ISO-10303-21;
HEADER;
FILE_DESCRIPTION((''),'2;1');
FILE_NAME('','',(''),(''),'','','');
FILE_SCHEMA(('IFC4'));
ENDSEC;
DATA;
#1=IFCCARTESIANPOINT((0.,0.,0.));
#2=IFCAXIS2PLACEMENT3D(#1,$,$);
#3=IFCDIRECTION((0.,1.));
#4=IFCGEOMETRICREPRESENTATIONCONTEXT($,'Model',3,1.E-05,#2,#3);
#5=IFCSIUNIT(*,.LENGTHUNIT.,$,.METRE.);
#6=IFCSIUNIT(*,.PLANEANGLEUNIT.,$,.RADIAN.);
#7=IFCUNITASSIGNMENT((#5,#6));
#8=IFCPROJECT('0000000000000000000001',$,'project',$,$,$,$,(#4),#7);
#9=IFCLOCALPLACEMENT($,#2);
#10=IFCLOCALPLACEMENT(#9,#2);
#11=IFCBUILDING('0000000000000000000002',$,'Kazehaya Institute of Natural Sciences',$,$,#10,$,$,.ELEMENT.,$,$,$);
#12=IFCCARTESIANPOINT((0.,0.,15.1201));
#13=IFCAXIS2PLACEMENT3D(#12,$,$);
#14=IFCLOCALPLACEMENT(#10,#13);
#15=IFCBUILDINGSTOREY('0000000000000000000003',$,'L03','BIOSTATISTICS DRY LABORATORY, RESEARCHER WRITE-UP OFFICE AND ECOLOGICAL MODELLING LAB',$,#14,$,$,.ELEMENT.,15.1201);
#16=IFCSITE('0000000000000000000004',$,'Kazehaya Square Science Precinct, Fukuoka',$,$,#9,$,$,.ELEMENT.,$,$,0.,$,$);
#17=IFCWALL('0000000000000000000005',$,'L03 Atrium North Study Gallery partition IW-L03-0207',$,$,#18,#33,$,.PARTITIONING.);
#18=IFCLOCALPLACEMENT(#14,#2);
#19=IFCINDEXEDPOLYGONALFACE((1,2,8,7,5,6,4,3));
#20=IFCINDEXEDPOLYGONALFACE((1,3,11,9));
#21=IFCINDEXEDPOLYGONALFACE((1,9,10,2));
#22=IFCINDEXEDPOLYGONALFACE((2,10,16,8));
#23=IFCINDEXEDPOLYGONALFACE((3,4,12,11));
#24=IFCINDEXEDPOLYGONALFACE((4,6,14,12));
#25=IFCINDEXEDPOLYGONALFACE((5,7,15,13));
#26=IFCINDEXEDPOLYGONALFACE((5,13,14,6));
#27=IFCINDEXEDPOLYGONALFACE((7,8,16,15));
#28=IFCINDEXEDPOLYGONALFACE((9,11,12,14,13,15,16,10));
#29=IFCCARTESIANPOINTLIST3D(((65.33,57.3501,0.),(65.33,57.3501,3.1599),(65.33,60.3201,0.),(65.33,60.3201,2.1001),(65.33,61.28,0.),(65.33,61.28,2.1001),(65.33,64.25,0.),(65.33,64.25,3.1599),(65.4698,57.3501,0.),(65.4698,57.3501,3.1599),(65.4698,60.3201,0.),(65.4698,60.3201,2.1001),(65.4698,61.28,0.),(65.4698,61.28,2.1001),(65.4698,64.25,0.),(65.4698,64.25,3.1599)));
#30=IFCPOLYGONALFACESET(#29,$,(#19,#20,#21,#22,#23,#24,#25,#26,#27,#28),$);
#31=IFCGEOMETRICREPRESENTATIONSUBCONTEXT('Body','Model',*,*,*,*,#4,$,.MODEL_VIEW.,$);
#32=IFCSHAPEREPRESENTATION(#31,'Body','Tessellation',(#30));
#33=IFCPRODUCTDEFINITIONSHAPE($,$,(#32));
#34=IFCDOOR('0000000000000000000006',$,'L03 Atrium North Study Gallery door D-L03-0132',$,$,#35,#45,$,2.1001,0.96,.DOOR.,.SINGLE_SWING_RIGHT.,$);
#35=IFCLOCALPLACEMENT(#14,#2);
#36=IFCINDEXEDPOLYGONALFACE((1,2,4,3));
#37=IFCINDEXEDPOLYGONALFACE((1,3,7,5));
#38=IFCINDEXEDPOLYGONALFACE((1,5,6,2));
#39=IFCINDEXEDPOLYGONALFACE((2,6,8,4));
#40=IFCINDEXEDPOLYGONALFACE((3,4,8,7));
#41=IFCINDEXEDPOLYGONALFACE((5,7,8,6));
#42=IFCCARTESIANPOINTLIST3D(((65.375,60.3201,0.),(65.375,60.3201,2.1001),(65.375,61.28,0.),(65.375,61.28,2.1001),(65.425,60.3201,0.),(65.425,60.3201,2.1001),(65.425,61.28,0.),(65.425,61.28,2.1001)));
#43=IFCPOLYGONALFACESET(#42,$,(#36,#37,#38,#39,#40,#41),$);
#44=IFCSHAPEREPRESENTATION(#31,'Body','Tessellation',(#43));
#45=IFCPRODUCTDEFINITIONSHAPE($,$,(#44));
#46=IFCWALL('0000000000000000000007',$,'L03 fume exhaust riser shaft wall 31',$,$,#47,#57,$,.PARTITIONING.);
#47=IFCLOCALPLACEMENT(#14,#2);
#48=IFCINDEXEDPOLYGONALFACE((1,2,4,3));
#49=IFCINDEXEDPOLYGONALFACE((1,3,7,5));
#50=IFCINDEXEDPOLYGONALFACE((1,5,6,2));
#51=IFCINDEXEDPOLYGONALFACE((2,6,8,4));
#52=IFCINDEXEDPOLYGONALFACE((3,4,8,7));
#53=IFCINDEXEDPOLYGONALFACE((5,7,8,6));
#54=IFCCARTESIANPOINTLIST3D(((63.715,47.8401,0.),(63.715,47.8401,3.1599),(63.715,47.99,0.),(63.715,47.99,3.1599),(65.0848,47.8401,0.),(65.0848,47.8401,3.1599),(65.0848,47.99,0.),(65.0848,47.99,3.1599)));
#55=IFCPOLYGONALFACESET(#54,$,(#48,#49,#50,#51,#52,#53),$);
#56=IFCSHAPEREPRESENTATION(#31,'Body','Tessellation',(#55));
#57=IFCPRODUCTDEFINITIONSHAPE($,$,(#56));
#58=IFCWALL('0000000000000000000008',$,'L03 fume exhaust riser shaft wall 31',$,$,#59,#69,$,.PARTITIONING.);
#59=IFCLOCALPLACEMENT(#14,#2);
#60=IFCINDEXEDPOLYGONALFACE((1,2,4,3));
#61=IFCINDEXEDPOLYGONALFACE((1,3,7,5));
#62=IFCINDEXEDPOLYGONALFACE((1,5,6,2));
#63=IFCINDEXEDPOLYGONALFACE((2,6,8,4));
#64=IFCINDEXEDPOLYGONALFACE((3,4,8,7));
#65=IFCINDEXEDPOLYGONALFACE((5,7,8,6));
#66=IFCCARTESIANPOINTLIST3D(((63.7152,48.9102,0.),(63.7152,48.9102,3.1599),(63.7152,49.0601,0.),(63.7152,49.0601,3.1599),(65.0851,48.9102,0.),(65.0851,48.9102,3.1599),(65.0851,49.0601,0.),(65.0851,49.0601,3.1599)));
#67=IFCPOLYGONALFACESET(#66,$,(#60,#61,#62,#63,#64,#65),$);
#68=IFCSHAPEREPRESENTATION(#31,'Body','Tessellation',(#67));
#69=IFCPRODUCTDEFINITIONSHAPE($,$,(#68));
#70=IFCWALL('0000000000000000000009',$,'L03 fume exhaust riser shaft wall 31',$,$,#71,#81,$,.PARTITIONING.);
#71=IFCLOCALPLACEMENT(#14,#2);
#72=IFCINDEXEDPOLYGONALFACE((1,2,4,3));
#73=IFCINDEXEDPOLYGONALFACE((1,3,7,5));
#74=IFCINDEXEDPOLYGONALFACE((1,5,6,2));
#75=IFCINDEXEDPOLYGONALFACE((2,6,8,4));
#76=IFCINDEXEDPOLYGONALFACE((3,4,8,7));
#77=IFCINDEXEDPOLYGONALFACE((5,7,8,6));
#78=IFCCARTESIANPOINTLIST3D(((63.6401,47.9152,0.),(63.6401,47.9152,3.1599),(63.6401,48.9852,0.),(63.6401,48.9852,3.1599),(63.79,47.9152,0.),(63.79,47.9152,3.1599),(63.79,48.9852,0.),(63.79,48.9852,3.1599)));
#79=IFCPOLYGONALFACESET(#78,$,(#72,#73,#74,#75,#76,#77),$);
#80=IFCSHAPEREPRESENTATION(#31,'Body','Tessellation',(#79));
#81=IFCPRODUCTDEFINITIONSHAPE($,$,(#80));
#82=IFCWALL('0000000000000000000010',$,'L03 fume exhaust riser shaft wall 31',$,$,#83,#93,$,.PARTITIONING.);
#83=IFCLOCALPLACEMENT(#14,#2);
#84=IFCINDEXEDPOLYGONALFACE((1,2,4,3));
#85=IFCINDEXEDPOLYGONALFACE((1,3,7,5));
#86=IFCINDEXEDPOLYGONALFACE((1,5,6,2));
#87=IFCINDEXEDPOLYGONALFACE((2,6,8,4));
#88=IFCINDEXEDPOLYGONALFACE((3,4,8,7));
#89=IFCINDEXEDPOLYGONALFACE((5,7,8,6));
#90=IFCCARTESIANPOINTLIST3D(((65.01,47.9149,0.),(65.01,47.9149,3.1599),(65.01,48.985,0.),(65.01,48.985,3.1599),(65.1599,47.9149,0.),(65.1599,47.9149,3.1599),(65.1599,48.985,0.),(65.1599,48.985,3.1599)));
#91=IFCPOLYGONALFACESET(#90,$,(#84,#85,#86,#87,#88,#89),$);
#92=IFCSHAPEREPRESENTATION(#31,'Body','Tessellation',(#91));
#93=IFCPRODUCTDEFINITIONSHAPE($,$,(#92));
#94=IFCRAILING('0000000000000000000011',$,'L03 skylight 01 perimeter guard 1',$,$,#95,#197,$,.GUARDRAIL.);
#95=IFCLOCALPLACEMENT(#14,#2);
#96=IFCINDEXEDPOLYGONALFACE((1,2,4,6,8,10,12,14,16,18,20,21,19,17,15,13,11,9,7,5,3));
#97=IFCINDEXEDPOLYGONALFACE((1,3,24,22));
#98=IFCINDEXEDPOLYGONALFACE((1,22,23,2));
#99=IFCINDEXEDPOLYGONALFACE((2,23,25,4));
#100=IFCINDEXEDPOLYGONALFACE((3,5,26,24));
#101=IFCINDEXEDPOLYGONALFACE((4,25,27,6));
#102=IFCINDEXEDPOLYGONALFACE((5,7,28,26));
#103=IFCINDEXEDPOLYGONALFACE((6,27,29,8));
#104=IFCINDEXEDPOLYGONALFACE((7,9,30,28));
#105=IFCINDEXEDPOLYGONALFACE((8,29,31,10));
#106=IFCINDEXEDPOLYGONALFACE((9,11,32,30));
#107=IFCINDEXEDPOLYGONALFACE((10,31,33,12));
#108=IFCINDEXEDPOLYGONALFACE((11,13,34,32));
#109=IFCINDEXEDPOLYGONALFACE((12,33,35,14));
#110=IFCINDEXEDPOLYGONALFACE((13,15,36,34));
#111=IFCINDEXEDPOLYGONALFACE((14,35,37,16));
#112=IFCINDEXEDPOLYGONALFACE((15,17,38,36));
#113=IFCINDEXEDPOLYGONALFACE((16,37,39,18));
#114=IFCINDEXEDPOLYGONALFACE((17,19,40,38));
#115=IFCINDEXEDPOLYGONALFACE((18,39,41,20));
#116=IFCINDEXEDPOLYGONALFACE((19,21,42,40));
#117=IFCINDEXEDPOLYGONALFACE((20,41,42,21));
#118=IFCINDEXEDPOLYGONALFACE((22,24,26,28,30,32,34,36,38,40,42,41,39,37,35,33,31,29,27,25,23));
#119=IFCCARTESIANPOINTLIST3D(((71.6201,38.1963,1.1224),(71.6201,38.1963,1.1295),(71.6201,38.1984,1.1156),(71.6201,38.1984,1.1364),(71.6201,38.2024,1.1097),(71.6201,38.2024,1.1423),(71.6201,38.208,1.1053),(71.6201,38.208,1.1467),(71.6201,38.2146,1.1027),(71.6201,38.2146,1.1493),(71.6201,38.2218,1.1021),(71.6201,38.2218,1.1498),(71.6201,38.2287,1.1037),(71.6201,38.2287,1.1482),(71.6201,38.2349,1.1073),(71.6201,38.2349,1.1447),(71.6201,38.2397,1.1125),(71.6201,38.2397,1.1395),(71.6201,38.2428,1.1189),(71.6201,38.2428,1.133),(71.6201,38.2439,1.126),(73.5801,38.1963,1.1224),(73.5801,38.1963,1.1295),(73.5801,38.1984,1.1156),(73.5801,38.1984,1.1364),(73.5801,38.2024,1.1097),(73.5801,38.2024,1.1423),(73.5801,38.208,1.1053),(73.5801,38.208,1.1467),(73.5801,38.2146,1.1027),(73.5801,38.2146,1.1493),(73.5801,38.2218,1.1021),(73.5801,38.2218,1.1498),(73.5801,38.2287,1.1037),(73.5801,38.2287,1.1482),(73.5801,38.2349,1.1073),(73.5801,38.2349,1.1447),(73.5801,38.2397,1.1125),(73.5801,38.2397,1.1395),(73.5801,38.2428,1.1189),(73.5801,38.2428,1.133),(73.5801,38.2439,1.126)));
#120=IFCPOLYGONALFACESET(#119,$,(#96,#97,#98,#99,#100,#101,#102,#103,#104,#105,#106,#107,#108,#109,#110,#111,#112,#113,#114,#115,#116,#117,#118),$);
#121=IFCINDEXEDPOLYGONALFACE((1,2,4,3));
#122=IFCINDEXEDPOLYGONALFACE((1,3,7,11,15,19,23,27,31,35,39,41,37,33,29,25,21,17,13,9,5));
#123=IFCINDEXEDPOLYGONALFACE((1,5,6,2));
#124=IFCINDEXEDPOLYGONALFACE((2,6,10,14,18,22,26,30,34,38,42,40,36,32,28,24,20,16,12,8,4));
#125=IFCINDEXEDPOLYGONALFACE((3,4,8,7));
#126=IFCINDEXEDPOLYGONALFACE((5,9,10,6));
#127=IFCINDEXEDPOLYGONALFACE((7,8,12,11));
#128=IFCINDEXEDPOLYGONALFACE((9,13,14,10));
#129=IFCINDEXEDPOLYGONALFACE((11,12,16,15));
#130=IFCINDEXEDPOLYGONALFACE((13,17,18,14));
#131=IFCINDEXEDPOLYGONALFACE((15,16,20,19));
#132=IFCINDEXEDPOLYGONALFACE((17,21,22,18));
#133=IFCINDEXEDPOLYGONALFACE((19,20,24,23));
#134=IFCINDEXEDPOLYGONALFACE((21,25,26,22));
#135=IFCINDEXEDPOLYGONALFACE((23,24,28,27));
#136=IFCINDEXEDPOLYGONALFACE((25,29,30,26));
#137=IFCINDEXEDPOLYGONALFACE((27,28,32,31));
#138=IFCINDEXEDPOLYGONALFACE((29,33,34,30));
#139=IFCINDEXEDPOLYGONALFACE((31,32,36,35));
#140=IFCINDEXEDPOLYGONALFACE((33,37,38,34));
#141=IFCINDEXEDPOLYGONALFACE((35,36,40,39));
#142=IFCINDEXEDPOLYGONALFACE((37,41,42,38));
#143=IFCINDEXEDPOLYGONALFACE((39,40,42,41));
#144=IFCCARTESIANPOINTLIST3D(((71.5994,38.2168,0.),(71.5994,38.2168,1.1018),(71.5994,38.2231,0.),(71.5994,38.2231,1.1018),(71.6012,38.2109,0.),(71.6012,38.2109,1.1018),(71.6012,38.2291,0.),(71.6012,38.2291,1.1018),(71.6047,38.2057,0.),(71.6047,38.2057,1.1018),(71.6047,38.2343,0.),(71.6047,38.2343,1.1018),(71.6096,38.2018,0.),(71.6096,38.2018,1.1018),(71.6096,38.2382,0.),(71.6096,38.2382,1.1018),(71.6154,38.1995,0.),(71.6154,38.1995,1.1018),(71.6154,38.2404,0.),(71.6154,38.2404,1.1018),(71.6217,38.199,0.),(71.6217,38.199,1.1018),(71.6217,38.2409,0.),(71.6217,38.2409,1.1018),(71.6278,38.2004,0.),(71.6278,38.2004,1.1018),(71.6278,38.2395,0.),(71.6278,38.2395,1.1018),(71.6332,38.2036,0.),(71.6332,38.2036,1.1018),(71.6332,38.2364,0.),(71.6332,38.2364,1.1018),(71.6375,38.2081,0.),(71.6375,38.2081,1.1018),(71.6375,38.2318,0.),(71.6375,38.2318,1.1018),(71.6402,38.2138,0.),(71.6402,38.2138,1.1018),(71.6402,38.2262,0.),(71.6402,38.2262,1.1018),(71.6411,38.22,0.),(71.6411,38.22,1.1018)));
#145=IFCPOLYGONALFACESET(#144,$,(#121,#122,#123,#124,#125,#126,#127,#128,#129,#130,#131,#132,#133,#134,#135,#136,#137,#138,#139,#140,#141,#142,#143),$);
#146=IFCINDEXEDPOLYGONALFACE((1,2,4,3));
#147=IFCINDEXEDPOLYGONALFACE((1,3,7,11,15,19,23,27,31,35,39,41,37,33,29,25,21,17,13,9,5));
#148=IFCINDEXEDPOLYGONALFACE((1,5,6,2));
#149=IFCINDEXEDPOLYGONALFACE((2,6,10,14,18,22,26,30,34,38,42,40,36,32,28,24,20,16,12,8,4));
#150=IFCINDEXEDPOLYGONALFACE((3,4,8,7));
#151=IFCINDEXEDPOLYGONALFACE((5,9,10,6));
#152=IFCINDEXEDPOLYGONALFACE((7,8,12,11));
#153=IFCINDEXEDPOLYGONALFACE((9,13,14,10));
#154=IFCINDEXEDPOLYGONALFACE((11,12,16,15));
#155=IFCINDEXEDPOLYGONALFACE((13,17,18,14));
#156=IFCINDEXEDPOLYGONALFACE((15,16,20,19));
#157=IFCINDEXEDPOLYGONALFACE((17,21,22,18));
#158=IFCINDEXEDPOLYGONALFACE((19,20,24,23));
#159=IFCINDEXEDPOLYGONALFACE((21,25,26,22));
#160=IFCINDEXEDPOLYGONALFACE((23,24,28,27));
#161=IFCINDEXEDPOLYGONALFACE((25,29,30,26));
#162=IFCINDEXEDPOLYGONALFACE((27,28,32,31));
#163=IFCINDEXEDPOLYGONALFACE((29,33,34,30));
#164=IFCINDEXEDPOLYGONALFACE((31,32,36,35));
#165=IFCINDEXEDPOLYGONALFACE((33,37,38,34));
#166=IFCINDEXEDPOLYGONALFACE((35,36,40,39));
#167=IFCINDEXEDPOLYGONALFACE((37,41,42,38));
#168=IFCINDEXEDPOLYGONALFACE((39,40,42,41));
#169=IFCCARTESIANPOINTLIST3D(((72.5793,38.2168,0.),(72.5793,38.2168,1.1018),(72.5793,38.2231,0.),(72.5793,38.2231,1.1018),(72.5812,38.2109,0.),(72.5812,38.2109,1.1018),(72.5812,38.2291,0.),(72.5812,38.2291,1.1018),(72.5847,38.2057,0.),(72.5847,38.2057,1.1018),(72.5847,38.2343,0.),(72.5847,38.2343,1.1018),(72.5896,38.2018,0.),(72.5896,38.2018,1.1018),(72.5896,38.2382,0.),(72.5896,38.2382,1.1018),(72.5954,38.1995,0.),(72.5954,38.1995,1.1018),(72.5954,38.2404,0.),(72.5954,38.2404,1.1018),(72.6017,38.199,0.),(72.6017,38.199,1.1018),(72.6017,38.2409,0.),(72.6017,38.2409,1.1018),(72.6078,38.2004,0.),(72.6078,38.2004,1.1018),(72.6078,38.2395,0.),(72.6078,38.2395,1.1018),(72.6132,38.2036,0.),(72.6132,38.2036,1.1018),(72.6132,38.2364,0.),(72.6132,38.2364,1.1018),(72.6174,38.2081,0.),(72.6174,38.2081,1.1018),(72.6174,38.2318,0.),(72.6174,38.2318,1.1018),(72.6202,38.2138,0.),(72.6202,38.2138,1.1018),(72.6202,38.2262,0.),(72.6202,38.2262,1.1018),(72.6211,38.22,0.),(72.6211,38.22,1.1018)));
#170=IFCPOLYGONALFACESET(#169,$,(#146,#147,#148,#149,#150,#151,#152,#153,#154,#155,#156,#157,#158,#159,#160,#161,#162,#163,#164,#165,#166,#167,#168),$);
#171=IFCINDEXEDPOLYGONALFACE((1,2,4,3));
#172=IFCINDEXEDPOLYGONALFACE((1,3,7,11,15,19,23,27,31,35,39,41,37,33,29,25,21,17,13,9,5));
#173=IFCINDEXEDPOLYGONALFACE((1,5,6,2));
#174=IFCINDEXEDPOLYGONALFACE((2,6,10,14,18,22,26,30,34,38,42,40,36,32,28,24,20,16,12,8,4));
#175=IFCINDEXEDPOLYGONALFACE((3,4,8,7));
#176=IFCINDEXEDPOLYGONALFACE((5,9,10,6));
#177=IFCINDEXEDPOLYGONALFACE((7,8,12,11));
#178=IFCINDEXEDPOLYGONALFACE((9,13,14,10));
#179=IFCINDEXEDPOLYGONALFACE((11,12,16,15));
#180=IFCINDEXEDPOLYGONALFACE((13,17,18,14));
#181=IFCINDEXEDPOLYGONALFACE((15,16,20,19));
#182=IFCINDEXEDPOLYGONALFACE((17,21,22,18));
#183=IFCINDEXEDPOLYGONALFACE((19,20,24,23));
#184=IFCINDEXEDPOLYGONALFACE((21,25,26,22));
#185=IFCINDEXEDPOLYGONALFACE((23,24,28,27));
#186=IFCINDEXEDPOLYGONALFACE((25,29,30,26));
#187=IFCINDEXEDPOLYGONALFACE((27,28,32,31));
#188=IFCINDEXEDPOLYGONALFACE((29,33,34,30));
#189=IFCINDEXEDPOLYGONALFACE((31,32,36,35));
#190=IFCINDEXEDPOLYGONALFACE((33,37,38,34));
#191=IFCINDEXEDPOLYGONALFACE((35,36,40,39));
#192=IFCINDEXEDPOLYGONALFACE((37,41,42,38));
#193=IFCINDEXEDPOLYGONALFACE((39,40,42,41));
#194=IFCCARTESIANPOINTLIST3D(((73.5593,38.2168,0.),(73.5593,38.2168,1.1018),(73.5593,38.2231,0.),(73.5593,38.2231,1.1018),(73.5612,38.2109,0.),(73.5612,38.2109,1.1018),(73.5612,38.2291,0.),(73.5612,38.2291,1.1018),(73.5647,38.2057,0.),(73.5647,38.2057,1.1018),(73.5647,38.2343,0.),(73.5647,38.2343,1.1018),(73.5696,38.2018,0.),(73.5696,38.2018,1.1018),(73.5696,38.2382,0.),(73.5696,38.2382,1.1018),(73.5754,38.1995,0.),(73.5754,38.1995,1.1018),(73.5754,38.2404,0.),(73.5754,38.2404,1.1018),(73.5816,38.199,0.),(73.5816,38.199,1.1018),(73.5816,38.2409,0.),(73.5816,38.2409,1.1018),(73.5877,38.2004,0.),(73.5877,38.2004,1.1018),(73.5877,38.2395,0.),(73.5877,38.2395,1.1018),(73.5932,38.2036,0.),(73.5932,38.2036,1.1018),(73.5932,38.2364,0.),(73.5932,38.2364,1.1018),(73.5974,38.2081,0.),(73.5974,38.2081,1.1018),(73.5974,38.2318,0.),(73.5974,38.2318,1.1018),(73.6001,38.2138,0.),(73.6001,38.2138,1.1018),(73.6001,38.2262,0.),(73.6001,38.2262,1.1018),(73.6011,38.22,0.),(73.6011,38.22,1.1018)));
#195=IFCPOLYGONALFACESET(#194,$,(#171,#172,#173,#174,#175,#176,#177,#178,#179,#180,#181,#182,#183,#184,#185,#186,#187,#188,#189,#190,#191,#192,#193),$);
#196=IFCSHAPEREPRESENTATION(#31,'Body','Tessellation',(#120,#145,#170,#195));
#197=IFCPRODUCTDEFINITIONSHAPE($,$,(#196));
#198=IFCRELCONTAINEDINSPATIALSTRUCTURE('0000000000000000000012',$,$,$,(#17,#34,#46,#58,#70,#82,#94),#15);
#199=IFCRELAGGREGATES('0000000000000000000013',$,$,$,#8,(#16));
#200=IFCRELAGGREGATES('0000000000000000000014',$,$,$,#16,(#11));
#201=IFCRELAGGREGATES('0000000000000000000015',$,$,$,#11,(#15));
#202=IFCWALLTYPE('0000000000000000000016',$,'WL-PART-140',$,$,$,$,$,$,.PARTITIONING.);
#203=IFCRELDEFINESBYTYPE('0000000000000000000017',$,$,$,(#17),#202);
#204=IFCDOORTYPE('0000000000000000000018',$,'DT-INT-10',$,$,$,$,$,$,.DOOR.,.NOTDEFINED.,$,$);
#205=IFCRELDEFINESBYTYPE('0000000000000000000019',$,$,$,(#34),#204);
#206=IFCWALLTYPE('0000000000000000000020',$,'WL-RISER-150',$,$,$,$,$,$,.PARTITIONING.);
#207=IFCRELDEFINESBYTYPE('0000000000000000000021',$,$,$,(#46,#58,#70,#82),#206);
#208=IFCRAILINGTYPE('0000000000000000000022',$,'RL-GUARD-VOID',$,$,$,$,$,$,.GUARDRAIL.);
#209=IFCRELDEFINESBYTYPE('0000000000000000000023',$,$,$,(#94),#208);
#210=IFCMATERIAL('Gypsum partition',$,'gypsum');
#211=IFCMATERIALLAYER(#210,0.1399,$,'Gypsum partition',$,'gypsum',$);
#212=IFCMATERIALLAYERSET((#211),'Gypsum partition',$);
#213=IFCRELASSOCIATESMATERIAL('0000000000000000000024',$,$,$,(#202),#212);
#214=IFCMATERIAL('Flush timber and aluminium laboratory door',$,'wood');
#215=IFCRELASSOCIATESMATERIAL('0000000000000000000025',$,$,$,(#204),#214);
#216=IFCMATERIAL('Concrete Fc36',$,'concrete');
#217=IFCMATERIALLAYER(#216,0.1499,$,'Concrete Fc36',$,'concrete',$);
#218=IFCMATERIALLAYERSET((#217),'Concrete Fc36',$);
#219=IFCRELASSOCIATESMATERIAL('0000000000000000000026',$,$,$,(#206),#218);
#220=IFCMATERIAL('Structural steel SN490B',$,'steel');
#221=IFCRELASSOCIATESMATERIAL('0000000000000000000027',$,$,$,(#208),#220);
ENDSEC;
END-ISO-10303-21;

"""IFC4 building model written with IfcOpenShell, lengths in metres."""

from ifc_helpers import new_model, si_unit, direction, frame, frame_2d, origin, origin_2d, place, context, subcontext, project, spatial, rectangle, circle, extrude, material, layer, layer_set, type_object, element, fill, save


model = new_model("IFC4")

# Units and contexts
model_context = context("Model", 3, precision=1e-05, world=origin(), true_north=direction((0.0, 1.0)))
body_context = subcontext(model_context, "Body", "Model", "MODEL_VIEW")
ifc_project = project(units=[si_unit("LENGTHUNIT", "METRE"), si_unit("PLANEANGLEUNIT", "RADIAN")], contexts=[model_context])

# Site, building, storey
site_placement = place(None, origin())
site = spatial("IfcSite", under=ifc_project, at=site_placement, Name="Kazehaya Square Science Precinct, Fukuoka", CompositionType="ELEMENT", RefElevation=0.0)
building_placement = place(site_placement, origin())
building = spatial("IfcBuilding", under=site, at=building_placement, Name="Kazehaya Institute of Natural Sciences", CompositionType="ELEMENT")
storey_placement = place(building_placement, frame((0.0, 0.0, 15.1201)))
storey = spatial("IfcBuildingStorey", under=building, at=storey_placement, Name="L03", Description="BIOSTATISTICS DRY LABORATORY, RESEARCHER WRITE-UP OFFICE AND ECOLOGICAL MODELLING LAB", CompositionType="ELEMENT", Elevation=15.1201)

# Shared definitions
ifc_material_1 = material(Name="Concrete Fc36", Category="concrete")

# Wall, opening, door
ifc_material_2 = material(Name="Flush timber and aluminium laboratory door", Category="wood")
ifc_material_3 = material(Name="Gypsum partition", Category="gypsum")
ifc_layer_1 = layer(ifc_material_3, 0.1399, Name="Gypsum partition", Category="gypsum")
ifc_layer_set_1 = layer_set([ifc_layer_1], Name="Gypsum partition")
wall_type_1 = type_object("IfcWallType", Name="WL-PART-140", PredefinedType="PARTITIONING", material=ifc_layer_set_1)
wall_1_placement = place(storey_placement, frame((65.3999, 57.3501, 0.0), z_axis=(0.0, 0.0, 1.0), x_axis=(0.0, 1.0, 0.0)))
wall_1 = element("IfcWall", 1, at=wall_1_placement, inside=storey, type_object=wall_type_1, Name="L03 Atrium North Study Gallery partition IW-L03-0207", PredefinedType="PARTITIONING", context=body_context, shape_type="SweptSolid", body=[
    extrude(rectangle(XDim=6.8999, YDim=0.1399, at=frame_2d((3.45, 0.0))), origin(), (0.0, 0.0, 1.0), 3.1599),
])
opening_1_placement = place(wall_1_placement, frame((2.97, 0.0, 0.0)))
opening_1 = element("IfcOpeningElement", 2, at=opening_1_placement, cuts=wall_1, PredefinedType="OPENING", context=body_context, shape_type="SweptSolid", body=[
    extrude(rectangle(XDim=0.96, YDim=2.1001, at=frame_2d((0.48, 1.05))), frame((0.0, 0.0798, 0.0), z_axis=(0.0, -1.0, 0.0), x_axis=(1.0, 0.0, 0.0)), (0.0, 0.0, 1.0), 0.1599),
])
door_type_1 = type_object("IfcDoorType", Name="DT-INT-10", OperationType="NOTDEFINED", PredefinedType="DOOR", material=ifc_material_2)
door_1_placement = place(opening_1_placement, origin())
door_1 = element("IfcDoor", 3, at=door_1_placement, inside=storey, type_object=door_type_1, Name="L03 Atrium North Study Gallery door D-L03-0132", OperationType="SINGLE_SWING_RIGHT", OverallHeight=2.1001, OverallWidth=0.96, PredefinedType="DOOR", context=body_context, shape_type="SweptSolid", body=[
    extrude(rectangle(XDim=0.96, YDim=2.1001, at=frame_2d((0.48, 1.05))), frame((0.0, 0.0249, 0.0), z_axis=(0.0, -1.0, 0.0), x_axis=(1.0, 0.0, 0.0)), (0.0, 0.0, 1.0), 0.05),
])
fill(opening_1, door_1)

# Walls
ifc_layer_2 = layer(ifc_material_1, 0.1499, Name="Concrete Fc36", Category="concrete")
ifc_layer_set_2 = layer_set([ifc_layer_2], Name="Concrete Fc36")
wall_type_2 = type_object("IfcWallType", Name="WL-RISER-150", PredefinedType="PARTITIONING", material=ifc_layer_set_2)
for number, where, z_axis, x_axis, name in (
    (4, (65.085, 47.915, 0.0), (0.0, 0.0, 1.0), (-1.0, 0.0, 0.0), "L03 fume exhaust riser shaft wall 31"),
    (5, (63.7151, 48.9851, 0.0), (0.0, 0.0, 1.0), (1.0, 0.0, 0.0), "L03 fume exhaust riser shaft wall 31"),
):
    element("IfcWall", number, at=place(storey_placement, frame(where, z_axis=z_axis, x_axis=x_axis)), inside=storey, type_object=wall_type_2, Name=name, PredefinedType="PARTITIONING", context=body_context, shape_type="SweptSolid", body=[
        extrude(rectangle(XDim=1.3699, YDim=0.1499, at=frame_2d((0.6851, 0.0))), origin(), (0.0, 0.0, 1.0), 3.1599),
    ])
for number, where, z_axis, x_axis, name in (
    (6, (63.7151, 47.915, 0.0), (0.0, 0.0, 1.0), (0.0, 1.0, 0.0), "L03 fume exhaust riser shaft wall 31"),
    (7, (65.085, 48.9851, 0.0), (0.0, 0.0, 1.0), (0.0, -1.0, 0.0), "L03 fume exhaust riser shaft wall 31"),
):
    element("IfcWall", number, at=place(storey_placement, frame(where, z_axis=z_axis, x_axis=x_axis)), inside=storey, type_object=wall_type_2, Name=name, PredefinedType="PARTITIONING", context=body_context, shape_type="SweptSolid", body=[
        extrude(rectangle(XDim=1.0701, YDim=0.1499, at=frame_2d((0.5352, 0.0))), origin(), (0.0, 0.0, 1.0), 3.1599),
    ])

# Railing
ifc_material_4 = material(Name="Structural steel SN490B", Category="steel")
railing_type = type_object("IfcRailingType", Name="RL-GUARD-VOID", PredefinedType="GUARDRAIL", material=ifc_material_4)
railing_1_placement = place(storey_placement, frame((71.6201, 38.22, 0.0)))
element("IfcRailing", 8, at=railing_1_placement, inside=storey, type_object=railing_type, Name="L03 skylight 01 perimeter guard 1", PredefinedType="GUARDRAIL", context=body_context, shape_type="SweptSolid", body=[
    extrude(circle(Radius=0.0239, at=origin_2d()), frame((0.0, 0.0, 1.126), z_axis=(1.0, 0.0, 0.0), x_axis=(0.0, 1.0, 0.0)), (0.0, 0.0, 1.0), 1.96),
    extrude(circle(Radius=0.021, at=origin_2d()), origin(), (0.0, 0.0, 1.0), 1.1018),
    extrude(circle(Radius=0.021, at=origin_2d()), frame((0.98, 0.0, 0.0)), (0.0, 0.0, 1.0), 1.1018),
    extrude(circle(Radius=0.021, at=origin_2d()), frame((1.96, 0.0, 0.0)), (0.0, 0.0, 1.0), 1.1018),
])

save(model, "model.ifc")
